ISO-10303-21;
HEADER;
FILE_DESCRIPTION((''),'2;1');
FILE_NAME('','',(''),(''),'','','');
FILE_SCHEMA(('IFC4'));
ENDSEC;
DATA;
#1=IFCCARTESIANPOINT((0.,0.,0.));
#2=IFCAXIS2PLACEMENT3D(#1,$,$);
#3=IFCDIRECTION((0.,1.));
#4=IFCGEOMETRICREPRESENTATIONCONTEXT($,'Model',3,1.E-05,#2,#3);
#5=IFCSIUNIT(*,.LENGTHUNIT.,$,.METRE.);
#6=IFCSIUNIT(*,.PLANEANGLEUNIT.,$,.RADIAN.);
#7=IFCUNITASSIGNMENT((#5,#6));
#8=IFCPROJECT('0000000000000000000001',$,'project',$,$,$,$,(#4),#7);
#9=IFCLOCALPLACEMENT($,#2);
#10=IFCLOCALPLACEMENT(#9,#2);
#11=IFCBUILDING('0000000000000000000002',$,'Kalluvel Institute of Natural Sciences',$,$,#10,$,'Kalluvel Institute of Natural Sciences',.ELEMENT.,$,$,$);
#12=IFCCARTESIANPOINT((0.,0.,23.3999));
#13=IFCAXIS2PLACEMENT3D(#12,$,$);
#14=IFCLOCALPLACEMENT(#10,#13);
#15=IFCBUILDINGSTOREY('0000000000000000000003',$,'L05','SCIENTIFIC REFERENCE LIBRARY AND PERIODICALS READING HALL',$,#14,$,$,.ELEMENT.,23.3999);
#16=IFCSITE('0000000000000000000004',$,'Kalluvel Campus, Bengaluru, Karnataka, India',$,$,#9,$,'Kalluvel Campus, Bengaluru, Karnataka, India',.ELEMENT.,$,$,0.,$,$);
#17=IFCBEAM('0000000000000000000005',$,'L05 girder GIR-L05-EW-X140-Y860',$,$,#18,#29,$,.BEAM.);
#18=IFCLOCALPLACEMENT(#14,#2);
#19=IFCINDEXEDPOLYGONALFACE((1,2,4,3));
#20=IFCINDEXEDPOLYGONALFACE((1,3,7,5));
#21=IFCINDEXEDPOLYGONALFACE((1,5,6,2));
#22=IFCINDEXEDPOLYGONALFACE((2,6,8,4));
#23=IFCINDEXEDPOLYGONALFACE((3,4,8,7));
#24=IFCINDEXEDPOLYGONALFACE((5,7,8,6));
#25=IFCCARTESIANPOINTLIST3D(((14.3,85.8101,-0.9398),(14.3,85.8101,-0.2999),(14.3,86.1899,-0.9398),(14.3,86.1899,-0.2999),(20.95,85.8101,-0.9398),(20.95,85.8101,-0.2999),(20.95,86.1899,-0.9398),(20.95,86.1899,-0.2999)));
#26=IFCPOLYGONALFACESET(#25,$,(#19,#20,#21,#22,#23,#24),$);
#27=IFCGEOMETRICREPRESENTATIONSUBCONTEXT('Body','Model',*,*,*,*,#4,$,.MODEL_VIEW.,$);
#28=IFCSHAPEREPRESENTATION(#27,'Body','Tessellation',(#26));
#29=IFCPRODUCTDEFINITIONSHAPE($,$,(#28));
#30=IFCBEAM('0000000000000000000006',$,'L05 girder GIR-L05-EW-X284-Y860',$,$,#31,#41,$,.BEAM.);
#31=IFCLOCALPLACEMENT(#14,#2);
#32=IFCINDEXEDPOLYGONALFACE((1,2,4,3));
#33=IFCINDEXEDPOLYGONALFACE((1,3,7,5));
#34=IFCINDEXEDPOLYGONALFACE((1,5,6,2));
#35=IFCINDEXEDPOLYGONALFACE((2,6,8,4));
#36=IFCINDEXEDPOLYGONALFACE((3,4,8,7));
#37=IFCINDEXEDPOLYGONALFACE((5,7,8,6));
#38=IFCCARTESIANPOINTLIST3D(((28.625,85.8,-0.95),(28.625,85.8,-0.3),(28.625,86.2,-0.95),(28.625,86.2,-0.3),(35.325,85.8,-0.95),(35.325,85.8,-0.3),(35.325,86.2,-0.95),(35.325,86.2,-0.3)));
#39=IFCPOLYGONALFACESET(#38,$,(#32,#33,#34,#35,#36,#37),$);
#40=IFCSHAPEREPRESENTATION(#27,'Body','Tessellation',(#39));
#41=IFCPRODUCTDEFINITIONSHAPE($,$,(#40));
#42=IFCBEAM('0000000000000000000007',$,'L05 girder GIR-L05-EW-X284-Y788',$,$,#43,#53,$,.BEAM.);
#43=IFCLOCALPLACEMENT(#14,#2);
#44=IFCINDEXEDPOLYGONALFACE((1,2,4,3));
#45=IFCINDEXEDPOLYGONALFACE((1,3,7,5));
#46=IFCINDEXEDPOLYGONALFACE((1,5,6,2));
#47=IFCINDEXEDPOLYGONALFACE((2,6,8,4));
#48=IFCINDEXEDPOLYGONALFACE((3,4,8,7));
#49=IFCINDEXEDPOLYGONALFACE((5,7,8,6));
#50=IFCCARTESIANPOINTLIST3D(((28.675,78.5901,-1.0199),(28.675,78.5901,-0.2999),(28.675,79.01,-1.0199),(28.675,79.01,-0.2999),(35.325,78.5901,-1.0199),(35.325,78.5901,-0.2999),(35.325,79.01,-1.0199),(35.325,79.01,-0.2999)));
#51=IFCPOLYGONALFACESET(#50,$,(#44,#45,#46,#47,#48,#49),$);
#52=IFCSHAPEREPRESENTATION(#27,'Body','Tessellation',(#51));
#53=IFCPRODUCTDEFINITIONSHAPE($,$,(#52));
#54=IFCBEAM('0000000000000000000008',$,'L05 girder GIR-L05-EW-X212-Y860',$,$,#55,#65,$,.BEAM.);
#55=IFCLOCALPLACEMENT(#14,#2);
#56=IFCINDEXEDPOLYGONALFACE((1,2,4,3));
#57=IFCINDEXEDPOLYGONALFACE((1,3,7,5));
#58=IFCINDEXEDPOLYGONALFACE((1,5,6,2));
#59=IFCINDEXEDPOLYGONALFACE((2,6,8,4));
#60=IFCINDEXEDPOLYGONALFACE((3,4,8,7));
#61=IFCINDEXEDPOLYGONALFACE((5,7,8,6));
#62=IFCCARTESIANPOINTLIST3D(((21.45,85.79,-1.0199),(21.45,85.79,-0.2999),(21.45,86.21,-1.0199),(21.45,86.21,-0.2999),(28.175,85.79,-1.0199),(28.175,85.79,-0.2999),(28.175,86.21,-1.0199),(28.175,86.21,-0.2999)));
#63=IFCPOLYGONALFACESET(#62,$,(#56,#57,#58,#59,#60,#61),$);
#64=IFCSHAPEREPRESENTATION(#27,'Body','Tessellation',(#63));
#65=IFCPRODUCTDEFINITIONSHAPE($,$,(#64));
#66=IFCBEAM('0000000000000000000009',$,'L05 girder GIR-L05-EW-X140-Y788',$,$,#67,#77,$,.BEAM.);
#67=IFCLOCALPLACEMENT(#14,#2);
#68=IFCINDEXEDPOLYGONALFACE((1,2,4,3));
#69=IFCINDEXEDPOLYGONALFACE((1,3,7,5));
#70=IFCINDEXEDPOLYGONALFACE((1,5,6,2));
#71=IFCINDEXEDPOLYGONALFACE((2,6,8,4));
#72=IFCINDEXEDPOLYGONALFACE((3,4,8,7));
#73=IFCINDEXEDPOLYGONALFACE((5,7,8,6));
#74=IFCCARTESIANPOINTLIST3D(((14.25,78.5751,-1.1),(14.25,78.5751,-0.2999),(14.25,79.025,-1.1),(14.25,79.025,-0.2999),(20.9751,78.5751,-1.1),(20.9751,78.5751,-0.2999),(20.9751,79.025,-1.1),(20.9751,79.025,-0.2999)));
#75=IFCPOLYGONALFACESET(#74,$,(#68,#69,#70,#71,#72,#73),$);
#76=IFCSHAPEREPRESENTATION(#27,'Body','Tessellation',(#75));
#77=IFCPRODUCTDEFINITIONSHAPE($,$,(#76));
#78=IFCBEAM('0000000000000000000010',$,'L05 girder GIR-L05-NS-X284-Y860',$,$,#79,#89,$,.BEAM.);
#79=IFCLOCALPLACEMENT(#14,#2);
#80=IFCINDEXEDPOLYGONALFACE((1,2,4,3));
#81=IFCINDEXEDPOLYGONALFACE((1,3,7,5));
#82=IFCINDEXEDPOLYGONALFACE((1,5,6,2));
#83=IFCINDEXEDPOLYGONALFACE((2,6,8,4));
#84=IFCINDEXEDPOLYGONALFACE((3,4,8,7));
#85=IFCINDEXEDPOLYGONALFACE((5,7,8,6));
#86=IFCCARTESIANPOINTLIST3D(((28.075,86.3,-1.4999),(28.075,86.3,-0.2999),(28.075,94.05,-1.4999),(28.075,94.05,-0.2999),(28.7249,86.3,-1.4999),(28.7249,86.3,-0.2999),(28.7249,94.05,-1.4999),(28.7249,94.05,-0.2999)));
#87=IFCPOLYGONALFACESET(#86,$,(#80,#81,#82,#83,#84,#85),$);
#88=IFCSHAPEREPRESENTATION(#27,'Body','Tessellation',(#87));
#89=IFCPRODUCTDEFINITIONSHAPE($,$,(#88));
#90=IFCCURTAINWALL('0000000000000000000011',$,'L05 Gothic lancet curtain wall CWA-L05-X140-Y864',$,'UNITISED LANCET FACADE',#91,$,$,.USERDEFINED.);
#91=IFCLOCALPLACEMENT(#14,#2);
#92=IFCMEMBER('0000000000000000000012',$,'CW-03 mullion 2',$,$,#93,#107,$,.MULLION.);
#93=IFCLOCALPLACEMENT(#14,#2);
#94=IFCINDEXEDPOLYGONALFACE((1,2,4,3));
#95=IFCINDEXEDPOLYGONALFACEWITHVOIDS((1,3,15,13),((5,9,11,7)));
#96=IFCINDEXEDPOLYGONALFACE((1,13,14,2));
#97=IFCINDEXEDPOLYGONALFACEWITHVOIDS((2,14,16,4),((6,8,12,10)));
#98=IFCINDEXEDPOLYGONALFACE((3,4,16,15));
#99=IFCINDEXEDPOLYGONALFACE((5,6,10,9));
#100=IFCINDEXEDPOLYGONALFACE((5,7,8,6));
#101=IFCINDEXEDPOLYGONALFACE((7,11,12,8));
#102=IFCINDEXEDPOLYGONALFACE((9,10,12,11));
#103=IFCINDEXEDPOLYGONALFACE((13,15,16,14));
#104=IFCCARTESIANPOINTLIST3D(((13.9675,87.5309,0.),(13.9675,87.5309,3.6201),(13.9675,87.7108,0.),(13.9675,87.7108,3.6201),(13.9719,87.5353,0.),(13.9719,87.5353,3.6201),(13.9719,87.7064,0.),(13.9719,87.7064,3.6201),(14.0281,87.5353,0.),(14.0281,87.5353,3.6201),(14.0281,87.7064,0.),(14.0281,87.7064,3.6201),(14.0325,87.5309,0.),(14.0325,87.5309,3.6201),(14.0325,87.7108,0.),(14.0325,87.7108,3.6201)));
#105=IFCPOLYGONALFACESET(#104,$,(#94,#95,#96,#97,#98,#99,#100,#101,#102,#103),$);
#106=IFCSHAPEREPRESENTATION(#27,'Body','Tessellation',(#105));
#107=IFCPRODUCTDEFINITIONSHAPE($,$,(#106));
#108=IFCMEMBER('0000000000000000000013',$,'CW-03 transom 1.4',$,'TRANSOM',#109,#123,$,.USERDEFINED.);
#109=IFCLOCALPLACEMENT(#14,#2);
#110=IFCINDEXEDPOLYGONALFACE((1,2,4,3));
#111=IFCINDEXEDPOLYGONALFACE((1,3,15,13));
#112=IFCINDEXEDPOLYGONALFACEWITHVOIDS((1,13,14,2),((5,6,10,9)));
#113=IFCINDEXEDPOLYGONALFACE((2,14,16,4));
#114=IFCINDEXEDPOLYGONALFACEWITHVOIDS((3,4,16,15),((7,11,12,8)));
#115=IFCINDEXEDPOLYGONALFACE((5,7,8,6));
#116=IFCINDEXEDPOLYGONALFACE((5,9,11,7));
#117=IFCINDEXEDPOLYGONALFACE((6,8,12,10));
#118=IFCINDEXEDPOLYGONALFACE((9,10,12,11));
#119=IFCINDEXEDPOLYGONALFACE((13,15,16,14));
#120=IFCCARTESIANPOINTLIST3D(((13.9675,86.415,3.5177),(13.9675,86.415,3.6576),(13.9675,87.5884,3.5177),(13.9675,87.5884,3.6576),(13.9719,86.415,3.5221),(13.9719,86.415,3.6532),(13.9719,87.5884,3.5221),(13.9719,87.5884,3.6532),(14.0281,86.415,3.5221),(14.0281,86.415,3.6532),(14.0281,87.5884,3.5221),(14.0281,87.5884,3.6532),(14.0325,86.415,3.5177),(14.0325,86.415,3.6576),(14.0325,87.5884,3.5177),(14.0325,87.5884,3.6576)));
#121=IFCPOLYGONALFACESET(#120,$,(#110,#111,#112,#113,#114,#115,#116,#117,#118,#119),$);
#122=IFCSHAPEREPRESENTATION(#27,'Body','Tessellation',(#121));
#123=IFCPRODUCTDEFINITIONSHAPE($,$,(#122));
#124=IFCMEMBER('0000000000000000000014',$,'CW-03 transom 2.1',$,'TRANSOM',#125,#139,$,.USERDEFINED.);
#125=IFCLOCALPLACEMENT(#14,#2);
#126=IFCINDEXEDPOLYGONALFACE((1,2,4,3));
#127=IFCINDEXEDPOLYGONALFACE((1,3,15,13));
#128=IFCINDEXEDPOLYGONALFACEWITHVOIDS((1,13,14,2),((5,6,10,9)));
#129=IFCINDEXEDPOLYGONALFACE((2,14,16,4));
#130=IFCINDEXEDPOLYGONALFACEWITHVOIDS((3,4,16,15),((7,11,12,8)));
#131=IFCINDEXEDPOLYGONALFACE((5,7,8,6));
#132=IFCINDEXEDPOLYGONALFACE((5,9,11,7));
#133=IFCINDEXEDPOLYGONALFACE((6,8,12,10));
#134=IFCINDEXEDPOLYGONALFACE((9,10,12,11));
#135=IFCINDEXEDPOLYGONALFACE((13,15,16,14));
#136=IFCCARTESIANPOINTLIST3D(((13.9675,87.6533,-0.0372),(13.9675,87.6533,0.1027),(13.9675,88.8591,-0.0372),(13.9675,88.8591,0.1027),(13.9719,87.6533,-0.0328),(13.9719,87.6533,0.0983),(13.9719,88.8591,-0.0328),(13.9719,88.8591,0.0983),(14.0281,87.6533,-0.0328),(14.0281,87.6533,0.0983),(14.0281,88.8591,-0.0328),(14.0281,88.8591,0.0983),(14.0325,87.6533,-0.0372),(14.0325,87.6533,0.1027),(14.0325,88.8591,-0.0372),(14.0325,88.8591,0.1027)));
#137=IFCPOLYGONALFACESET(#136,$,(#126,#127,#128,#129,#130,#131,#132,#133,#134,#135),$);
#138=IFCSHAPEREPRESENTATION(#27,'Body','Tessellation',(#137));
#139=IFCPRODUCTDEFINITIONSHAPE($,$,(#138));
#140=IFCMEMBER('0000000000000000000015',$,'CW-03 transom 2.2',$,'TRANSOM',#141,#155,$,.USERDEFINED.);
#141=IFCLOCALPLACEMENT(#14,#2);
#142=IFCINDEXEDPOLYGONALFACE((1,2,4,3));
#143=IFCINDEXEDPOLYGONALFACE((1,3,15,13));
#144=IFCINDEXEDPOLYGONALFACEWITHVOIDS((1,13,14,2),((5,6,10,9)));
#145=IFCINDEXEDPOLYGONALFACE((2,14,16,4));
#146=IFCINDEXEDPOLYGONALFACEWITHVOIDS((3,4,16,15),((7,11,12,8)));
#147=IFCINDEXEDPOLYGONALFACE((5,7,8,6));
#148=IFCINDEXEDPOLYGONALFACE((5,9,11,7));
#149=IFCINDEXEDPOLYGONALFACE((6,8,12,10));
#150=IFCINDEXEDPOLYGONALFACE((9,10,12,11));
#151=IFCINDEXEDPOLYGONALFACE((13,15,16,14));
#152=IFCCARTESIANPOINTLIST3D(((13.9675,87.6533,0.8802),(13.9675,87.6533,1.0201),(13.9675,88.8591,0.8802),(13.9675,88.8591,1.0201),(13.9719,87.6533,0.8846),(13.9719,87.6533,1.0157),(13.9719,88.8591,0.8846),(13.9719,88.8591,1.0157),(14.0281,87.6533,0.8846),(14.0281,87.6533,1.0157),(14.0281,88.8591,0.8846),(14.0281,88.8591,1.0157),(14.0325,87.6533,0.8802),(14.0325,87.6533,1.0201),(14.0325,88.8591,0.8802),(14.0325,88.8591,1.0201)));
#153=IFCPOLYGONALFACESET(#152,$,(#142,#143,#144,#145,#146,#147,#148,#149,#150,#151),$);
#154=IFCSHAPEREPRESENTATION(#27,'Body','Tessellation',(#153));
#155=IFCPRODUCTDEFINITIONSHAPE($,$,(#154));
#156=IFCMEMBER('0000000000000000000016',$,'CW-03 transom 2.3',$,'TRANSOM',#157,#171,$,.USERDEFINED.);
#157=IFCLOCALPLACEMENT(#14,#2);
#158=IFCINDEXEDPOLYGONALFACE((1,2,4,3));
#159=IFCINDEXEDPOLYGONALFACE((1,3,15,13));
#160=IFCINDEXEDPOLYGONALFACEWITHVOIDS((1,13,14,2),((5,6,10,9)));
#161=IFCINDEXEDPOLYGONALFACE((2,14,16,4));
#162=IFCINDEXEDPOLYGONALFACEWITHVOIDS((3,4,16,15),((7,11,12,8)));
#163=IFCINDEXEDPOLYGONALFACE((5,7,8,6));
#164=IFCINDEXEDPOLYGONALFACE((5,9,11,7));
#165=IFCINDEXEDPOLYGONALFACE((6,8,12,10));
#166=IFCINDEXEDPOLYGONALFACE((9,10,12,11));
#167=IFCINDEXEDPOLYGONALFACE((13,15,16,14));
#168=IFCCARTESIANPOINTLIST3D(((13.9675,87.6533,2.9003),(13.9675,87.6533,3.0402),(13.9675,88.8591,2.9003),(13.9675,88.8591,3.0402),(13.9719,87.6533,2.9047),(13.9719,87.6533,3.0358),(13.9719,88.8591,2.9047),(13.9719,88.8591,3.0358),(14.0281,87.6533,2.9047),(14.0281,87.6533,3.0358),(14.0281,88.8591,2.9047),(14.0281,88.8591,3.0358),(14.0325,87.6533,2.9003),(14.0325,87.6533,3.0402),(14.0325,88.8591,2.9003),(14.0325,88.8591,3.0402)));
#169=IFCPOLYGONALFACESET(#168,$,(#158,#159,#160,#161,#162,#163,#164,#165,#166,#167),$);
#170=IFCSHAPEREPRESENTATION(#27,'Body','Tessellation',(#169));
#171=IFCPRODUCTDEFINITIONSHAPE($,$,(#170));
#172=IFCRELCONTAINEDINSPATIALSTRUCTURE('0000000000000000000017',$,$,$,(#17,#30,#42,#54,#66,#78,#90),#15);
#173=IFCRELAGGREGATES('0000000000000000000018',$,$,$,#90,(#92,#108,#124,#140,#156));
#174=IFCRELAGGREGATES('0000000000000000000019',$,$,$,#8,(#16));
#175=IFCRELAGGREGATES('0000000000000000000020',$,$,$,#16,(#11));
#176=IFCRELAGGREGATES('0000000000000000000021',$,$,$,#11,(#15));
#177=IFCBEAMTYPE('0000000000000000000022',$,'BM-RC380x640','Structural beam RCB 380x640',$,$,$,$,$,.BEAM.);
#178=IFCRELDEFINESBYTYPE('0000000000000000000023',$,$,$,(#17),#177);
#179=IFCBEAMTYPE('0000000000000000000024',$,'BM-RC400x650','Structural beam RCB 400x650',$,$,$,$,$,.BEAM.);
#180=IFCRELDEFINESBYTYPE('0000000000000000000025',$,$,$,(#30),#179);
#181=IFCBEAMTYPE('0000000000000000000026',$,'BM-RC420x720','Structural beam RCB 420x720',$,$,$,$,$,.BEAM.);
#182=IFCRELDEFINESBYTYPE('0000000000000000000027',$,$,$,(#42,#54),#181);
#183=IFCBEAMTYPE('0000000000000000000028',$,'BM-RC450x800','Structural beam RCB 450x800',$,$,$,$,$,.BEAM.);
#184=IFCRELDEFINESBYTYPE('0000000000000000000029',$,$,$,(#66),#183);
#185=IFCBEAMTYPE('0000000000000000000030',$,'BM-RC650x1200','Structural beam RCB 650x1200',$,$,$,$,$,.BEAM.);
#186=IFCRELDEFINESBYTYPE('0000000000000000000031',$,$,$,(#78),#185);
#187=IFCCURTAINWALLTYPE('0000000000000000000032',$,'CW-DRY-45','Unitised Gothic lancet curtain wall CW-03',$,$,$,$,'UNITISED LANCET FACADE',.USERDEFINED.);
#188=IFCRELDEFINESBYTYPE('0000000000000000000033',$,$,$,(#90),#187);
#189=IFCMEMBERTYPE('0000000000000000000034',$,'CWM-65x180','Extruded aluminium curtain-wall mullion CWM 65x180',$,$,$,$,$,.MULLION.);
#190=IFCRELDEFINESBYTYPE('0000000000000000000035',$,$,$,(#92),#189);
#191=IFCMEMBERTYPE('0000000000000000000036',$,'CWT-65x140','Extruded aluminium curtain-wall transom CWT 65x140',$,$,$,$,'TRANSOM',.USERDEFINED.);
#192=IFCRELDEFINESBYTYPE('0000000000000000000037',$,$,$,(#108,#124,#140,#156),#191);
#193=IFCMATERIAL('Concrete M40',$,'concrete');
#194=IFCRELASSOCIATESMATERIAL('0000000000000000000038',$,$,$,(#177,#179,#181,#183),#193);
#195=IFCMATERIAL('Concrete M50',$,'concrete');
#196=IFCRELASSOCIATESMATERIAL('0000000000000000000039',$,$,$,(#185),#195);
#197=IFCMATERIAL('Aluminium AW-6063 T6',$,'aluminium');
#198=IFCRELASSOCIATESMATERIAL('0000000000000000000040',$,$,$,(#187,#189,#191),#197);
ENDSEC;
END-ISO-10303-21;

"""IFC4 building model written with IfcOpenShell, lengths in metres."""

from ifc_helpers import new_model, si_unit, direction, frame, origin, origin_2d, place, context, subcontext, project, spatial, rectangle, hollow_rectangle, extrude, material, material_profile, profile_set, type_object, element, aggregate, save


model = new_model("IFC4")

# Units and contexts
model_context = context("Model", 3, precision=1e-05, world=origin(), true_north=direction((0.0, 1.0)))
body_context = subcontext(model_context, "Body", "Model", "MODEL_VIEW")
ifc_project = project(units=[si_unit("LENGTHUNIT", "METRE"), si_unit("PLANEANGLEUNIT", "RADIAN")], contexts=[model_context])

# Site, building, storey
site_placement = place(None, origin())
site = spatial("IfcSite", under=ifc_project, at=site_placement, Name="Kalluvel Campus, Bengaluru, Karnataka, India", LongName="Kalluvel Campus, Bengaluru, Karnataka, India", CompositionType="ELEMENT", RefElevation=0.0)
building_placement = place(site_placement, origin())
building = spatial("IfcBuilding", under=site, at=building_placement, Name="Kalluvel Institute of Natural Sciences", LongName="Kalluvel Institute of Natural Sciences", CompositionType="ELEMENT")
storey_placement = place(building_placement, frame((0.0, 0.0, 23.3999)))
storey = spatial("IfcBuildingStorey", under=building, at=storey_placement, Name="L05", Description="SCIENTIFIC REFERENCE LIBRARY AND PERIODICALS READING HALL", CompositionType="ELEMENT", Elevation=23.3999)

# Shared definitions
ifc_material_1 = material(Name="Concrete M40", Category="concrete")

# Beams
ifc_material_profile_1 = material_profile(ifc_material_1, rectangle(XDim=0.3799, YDim=0.6399, at=origin_2d()), Name="RCB 380x640")
ifc_profile_set_1 = profile_set([ifc_material_profile_1], Name="Concrete M40")
beam_type_1 = type_object("IfcBeamType", Name="BM-RC380x640", Description="Structural beam RCB 380x640", PredefinedType="BEAM", material=ifc_profile_set_1)
beam_1_placement = place(storey_placement, frame((14.3, 86.0, -0.6199), z_axis=(1.0, 0.0, 0.0), x_axis=(0.0, 1.0, 0.0)))
element("IfcBeam", 1, at=beam_1_placement, inside=storey, type_object=beam_type_1, Name="L05 girder GIR-L05-EW-X140-Y860", PredefinedType="BEAM", context=body_context, shape_type="SweptSolid", body=[
    extrude(rectangle(XDim=0.3799, YDim=0.6399, at=origin_2d()), origin(), (0.0, 0.0, 1.0), 6.6499),
])
ifc_material_profile_2 = material_profile(ifc_material_1, rectangle(XDim=0.3999, YDim=0.6499, at=origin_2d()), Name="RCB 400x650")
ifc_profile_set_2 = profile_set([ifc_material_profile_2], Name="Concrete M40")
beam_type_2 = type_object("IfcBeamType", Name="BM-RC400x650", Description="Structural beam RCB 400x650", PredefinedType="BEAM", material=ifc_profile_set_2)
beam_2_placement = place(storey_placement, frame((28.625, 86.0, -0.625), z_axis=(1.0, 0.0, 0.0), x_axis=(0.0, 1.0, 0.0)))
element("IfcBeam", 2, at=beam_2_placement, inside=storey, type_object=beam_type_2, Name="L05 girder GIR-L05-EW-X284-Y860", PredefinedType="BEAM", context=body_context, shape_type="SweptSolid", body=[
    extrude(rectangle(XDim=0.3999, YDim=0.6499, at=origin_2d()), origin(), (0.0, 0.0, 1.0), 6.7),
])
ifc_material_profile_3 = material_profile(ifc_material_1, rectangle(XDim=0.4199, YDim=0.72, at=origin_2d()), Name="RCB 420x720")
ifc_profile_set_3 = profile_set([ifc_material_profile_3], Name="Concrete M40")
beam_type_3 = type_object("IfcBeamType", Name="BM-RC420x720", Description="Structural beam RCB 420x720", PredefinedType="BEAM", material=ifc_profile_set_3)
beam_3_placement = place(storey_placement, frame((28.675, 78.8, -0.6599), z_axis=(1.0, 0.0, 0.0), x_axis=(0.0, 1.0, 0.0)))
element("IfcBeam", 3, at=beam_3_placement, inside=storey, type_object=beam_type_3, Name="L05 girder GIR-L05-EW-X284-Y788", PredefinedType="BEAM", context=body_context, shape_type="SweptSolid", body=[
    extrude(rectangle(XDim=0.4199, YDim=0.72, at=origin_2d()), origin(), (0.0, 0.0, 1.0), 6.6499),
])
beam_4_placement = place(storey_placement, frame((21.45, 86.0, -0.6599), z_axis=(1.0, 0.0, 0.0), x_axis=(0.0, 1.0, 0.0)))
element("IfcBeam", 4, at=beam_4_placement, inside=storey, type_object=beam_type_3, Name="L05 girder GIR-L05-EW-X212-Y860", PredefinedType="BEAM", context=body_context, shape_type="SweptSolid", body=[
    extrude(rectangle(XDim=0.4199, YDim=0.72, at=origin_2d()), origin(), (0.0, 0.0, 1.0), 6.7251),
])
ifc_material_profile_4 = material_profile(ifc_material_1, rectangle(XDim=0.45, YDim=0.8, at=origin_2d()), Name="RCB 450x800")
ifc_profile_set_4 = profile_set([ifc_material_profile_4], Name="Concrete M40")
beam_type_4 = type_object("IfcBeamType", Name="BM-RC450x800", Description="Structural beam RCB 450x800", PredefinedType="BEAM", material=ifc_profile_set_4)
beam_5_placement = place(storey_placement, frame((14.25, 78.8, -0.7), z_axis=(1.0, 0.0, 0.0), x_axis=(0.0, 1.0, 0.0)))
element("IfcBeam", 5, at=beam_5_placement, inside=storey, type_object=beam_type_4, Name="L05 girder GIR-L05-EW-X140-Y788", PredefinedType="BEAM", context=body_context, shape_type="SweptSolid", body=[
    extrude(rectangle(XDim=0.45, YDim=0.8, at=origin_2d()), origin(), (0.0, 0.0, 1.0), 6.7251),
])
ifc_material_2 = material(Name="Concrete M50", Category="concrete")
ifc_material_profile_5 = material_profile(ifc_material_2, rectangle(XDim=0.6499, YDim=1.2, at=origin_2d()), Name="RCB 650x1200")
ifc_profile_set_5 = profile_set([ifc_material_profile_5], Name="Concrete M50")
beam_type_5 = type_object("IfcBeamType", Name="BM-RC650x1200", Description="Structural beam RCB 650x1200", PredefinedType="BEAM", material=ifc_profile_set_5)
beam_6_placement = place(storey_placement, frame((28.3999, 86.3, -0.8999), z_axis=(0.0, 1.0, 0.0), x_axis=(-1.0, 0.0, 0.0)))
element("IfcBeam", 6, at=beam_6_placement, inside=storey, type_object=beam_type_5, Name="L05 girder GIR-L05-NS-X284-Y860", PredefinedType="BEAM", context=body_context, shape_type="SweptSolid", body=[
    extrude(rectangle(XDim=0.6499, YDim=1.2, at=origin_2d()), origin(), (0.0, 0.0, 1.0), 7.75),
])

# Curtain wall, members
ifc_material_3 = material(Name="Aluminium AW-6063 T6", Category="aluminium")
curtain_wall_type = type_object("IfcCurtainWallType", Name="CW-DRY-45", Description="Unitised Gothic lancet curtain wall CW-03", ElementType="UNITISED LANCET FACADE", PredefinedType="USERDEFINED", material=ifc_material_3)
curtain_wall_placement = place(storey_placement, origin())
curtain_wall = element("IfcCurtainWall", 7, at=curtain_wall_placement, inside=storey, type_object=curtain_wall_type, Name="L05 Gothic lancet curtain wall CWA-L05-X140-Y864", ObjectType="UNITISED LANCET FACADE", PredefinedType="USERDEFINED")
ifc_material_profile_6 = material_profile(ifc_material_3, hollow_rectangle(XDim=0.0649, YDim=0.1799, WallThickness=0.0044, at=origin_2d()), Name="CWM 65x180")
ifc_profile_set_6 = profile_set([ifc_material_profile_6], Name="Aluminium AW-6063 T6")
member_type_1 = type_object("IfcMemberType", Name="CWM-65x180", Description="Extruded aluminium curtain-wall mullion CWM 65x180", PredefinedType="MULLION", material=ifc_profile_set_6)
member_1_placement = place(storey_placement, frame((14.0, 87.6208, 0.0), z_axis=(0.0, 0.0, 1.0), x_axis=(-1.0, 0.0, 0.0)))
member_1 = element("IfcMember", 8, at=member_1_placement, type_object=member_type_1, Name="CW-03 mullion 2", PredefinedType="MULLION", context=body_context, shape_type="SweptSolid", body=[
    extrude(hollow_rectangle(XDim=0.0649, YDim=0.1799, WallThickness=0.0044, at=origin_2d()), origin(), (0.0, 0.0, 1.0), 3.6201),
])
ifc_material_profile_7 = material_profile(ifc_material_3, hollow_rectangle(XDim=0.0649, YDim=0.1399, WallThickness=0.0044, at=origin_2d()), Name="CWT 65x140")
ifc_profile_set_7 = profile_set([ifc_material_profile_7], Name="Aluminium AW-6063 T6")
member_type_2 = type_object("IfcMemberType", Name="CWT-65x140", Description="Extruded aluminium curtain-wall transom CWT 65x140", ElementType="TRANSOM", PredefinedType="USERDEFINED", material=ifc_profile_set_7)
member_2_placement = place(storey_placement, frame((14.0, 86.415, 3.5876), z_axis=(0.0, 1.0, 0.0), x_axis=(-1.0, 0.0, 0.0)))
member_2 = element("IfcMember", 9, at=member_2_placement, type_object=member_type_2, Name="CW-03 transom 1.4", ObjectType="TRANSOM", PredefinedType="USERDEFINED", context=body_context, shape_type="SweptSolid", body=[
    extrude(hollow_rectangle(XDim=0.0649, YDim=0.1399, WallThickness=0.0044, at=origin_2d()), origin(), (0.0, 0.0, 1.0), 1.1733),
])
member_3_placement = place(storey_placement, frame((14.0, 87.6533, 0.0327), z_axis=(0.0, 1.0, 0.0), x_axis=(-1.0, 0.0, 0.0)))
member_3 = element("IfcMember", 10, at=member_3_placement, type_object=member_type_2, Name="CW-03 transom 2.1", ObjectType="TRANSOM", PredefinedType="USERDEFINED", context=body_context, shape_type="SweptSolid", body=[
    extrude(hollow_rectangle(XDim=0.0649, YDim=0.1399, WallThickness=0.0044, at=origin_2d()), origin(), (0.0, 0.0, 1.0), 1.2058),
])
member_4_placement = place(storey_placement, frame((14.0, 87.6533, 0.9502), z_axis=(0.0, 1.0, 0.0), x_axis=(-1.0, 0.0, 0.0)))
member_4 = element("IfcMember", 11, at=member_4_placement, type_object=member_type_2, Name="CW-03 transom 2.2", ObjectType="TRANSOM", PredefinedType="USERDEFINED", context=body_context, shape_type="SweptSolid", body=[
    extrude(hollow_rectangle(XDim=0.0649, YDim=0.1399, WallThickness=0.0044, at=origin_2d()), origin(), (0.0, 0.0, 1.0), 1.2058),
])
member_5_placement = place(storey_placement, frame((14.0, 87.6533, 2.9702), z_axis=(0.0, 1.0, 0.0), x_axis=(-1.0, 0.0, 0.0)))
member_5 = element("IfcMember", 12, at=member_5_placement, type_object=member_type_2, Name="CW-03 transom 2.3", ObjectType="TRANSOM", PredefinedType="USERDEFINED", context=body_context, shape_type="SweptSolid", body=[
    extrude(hollow_rectangle(XDim=0.0649, YDim=0.1399, WallThickness=0.0044, at=origin_2d()), origin(), (0.0, 0.0, 1.0), 1.2058),
])

aggregate(curtain_wall, [member_1, member_2, member_3, member_4, member_5])

save(model, "model.ifc")
